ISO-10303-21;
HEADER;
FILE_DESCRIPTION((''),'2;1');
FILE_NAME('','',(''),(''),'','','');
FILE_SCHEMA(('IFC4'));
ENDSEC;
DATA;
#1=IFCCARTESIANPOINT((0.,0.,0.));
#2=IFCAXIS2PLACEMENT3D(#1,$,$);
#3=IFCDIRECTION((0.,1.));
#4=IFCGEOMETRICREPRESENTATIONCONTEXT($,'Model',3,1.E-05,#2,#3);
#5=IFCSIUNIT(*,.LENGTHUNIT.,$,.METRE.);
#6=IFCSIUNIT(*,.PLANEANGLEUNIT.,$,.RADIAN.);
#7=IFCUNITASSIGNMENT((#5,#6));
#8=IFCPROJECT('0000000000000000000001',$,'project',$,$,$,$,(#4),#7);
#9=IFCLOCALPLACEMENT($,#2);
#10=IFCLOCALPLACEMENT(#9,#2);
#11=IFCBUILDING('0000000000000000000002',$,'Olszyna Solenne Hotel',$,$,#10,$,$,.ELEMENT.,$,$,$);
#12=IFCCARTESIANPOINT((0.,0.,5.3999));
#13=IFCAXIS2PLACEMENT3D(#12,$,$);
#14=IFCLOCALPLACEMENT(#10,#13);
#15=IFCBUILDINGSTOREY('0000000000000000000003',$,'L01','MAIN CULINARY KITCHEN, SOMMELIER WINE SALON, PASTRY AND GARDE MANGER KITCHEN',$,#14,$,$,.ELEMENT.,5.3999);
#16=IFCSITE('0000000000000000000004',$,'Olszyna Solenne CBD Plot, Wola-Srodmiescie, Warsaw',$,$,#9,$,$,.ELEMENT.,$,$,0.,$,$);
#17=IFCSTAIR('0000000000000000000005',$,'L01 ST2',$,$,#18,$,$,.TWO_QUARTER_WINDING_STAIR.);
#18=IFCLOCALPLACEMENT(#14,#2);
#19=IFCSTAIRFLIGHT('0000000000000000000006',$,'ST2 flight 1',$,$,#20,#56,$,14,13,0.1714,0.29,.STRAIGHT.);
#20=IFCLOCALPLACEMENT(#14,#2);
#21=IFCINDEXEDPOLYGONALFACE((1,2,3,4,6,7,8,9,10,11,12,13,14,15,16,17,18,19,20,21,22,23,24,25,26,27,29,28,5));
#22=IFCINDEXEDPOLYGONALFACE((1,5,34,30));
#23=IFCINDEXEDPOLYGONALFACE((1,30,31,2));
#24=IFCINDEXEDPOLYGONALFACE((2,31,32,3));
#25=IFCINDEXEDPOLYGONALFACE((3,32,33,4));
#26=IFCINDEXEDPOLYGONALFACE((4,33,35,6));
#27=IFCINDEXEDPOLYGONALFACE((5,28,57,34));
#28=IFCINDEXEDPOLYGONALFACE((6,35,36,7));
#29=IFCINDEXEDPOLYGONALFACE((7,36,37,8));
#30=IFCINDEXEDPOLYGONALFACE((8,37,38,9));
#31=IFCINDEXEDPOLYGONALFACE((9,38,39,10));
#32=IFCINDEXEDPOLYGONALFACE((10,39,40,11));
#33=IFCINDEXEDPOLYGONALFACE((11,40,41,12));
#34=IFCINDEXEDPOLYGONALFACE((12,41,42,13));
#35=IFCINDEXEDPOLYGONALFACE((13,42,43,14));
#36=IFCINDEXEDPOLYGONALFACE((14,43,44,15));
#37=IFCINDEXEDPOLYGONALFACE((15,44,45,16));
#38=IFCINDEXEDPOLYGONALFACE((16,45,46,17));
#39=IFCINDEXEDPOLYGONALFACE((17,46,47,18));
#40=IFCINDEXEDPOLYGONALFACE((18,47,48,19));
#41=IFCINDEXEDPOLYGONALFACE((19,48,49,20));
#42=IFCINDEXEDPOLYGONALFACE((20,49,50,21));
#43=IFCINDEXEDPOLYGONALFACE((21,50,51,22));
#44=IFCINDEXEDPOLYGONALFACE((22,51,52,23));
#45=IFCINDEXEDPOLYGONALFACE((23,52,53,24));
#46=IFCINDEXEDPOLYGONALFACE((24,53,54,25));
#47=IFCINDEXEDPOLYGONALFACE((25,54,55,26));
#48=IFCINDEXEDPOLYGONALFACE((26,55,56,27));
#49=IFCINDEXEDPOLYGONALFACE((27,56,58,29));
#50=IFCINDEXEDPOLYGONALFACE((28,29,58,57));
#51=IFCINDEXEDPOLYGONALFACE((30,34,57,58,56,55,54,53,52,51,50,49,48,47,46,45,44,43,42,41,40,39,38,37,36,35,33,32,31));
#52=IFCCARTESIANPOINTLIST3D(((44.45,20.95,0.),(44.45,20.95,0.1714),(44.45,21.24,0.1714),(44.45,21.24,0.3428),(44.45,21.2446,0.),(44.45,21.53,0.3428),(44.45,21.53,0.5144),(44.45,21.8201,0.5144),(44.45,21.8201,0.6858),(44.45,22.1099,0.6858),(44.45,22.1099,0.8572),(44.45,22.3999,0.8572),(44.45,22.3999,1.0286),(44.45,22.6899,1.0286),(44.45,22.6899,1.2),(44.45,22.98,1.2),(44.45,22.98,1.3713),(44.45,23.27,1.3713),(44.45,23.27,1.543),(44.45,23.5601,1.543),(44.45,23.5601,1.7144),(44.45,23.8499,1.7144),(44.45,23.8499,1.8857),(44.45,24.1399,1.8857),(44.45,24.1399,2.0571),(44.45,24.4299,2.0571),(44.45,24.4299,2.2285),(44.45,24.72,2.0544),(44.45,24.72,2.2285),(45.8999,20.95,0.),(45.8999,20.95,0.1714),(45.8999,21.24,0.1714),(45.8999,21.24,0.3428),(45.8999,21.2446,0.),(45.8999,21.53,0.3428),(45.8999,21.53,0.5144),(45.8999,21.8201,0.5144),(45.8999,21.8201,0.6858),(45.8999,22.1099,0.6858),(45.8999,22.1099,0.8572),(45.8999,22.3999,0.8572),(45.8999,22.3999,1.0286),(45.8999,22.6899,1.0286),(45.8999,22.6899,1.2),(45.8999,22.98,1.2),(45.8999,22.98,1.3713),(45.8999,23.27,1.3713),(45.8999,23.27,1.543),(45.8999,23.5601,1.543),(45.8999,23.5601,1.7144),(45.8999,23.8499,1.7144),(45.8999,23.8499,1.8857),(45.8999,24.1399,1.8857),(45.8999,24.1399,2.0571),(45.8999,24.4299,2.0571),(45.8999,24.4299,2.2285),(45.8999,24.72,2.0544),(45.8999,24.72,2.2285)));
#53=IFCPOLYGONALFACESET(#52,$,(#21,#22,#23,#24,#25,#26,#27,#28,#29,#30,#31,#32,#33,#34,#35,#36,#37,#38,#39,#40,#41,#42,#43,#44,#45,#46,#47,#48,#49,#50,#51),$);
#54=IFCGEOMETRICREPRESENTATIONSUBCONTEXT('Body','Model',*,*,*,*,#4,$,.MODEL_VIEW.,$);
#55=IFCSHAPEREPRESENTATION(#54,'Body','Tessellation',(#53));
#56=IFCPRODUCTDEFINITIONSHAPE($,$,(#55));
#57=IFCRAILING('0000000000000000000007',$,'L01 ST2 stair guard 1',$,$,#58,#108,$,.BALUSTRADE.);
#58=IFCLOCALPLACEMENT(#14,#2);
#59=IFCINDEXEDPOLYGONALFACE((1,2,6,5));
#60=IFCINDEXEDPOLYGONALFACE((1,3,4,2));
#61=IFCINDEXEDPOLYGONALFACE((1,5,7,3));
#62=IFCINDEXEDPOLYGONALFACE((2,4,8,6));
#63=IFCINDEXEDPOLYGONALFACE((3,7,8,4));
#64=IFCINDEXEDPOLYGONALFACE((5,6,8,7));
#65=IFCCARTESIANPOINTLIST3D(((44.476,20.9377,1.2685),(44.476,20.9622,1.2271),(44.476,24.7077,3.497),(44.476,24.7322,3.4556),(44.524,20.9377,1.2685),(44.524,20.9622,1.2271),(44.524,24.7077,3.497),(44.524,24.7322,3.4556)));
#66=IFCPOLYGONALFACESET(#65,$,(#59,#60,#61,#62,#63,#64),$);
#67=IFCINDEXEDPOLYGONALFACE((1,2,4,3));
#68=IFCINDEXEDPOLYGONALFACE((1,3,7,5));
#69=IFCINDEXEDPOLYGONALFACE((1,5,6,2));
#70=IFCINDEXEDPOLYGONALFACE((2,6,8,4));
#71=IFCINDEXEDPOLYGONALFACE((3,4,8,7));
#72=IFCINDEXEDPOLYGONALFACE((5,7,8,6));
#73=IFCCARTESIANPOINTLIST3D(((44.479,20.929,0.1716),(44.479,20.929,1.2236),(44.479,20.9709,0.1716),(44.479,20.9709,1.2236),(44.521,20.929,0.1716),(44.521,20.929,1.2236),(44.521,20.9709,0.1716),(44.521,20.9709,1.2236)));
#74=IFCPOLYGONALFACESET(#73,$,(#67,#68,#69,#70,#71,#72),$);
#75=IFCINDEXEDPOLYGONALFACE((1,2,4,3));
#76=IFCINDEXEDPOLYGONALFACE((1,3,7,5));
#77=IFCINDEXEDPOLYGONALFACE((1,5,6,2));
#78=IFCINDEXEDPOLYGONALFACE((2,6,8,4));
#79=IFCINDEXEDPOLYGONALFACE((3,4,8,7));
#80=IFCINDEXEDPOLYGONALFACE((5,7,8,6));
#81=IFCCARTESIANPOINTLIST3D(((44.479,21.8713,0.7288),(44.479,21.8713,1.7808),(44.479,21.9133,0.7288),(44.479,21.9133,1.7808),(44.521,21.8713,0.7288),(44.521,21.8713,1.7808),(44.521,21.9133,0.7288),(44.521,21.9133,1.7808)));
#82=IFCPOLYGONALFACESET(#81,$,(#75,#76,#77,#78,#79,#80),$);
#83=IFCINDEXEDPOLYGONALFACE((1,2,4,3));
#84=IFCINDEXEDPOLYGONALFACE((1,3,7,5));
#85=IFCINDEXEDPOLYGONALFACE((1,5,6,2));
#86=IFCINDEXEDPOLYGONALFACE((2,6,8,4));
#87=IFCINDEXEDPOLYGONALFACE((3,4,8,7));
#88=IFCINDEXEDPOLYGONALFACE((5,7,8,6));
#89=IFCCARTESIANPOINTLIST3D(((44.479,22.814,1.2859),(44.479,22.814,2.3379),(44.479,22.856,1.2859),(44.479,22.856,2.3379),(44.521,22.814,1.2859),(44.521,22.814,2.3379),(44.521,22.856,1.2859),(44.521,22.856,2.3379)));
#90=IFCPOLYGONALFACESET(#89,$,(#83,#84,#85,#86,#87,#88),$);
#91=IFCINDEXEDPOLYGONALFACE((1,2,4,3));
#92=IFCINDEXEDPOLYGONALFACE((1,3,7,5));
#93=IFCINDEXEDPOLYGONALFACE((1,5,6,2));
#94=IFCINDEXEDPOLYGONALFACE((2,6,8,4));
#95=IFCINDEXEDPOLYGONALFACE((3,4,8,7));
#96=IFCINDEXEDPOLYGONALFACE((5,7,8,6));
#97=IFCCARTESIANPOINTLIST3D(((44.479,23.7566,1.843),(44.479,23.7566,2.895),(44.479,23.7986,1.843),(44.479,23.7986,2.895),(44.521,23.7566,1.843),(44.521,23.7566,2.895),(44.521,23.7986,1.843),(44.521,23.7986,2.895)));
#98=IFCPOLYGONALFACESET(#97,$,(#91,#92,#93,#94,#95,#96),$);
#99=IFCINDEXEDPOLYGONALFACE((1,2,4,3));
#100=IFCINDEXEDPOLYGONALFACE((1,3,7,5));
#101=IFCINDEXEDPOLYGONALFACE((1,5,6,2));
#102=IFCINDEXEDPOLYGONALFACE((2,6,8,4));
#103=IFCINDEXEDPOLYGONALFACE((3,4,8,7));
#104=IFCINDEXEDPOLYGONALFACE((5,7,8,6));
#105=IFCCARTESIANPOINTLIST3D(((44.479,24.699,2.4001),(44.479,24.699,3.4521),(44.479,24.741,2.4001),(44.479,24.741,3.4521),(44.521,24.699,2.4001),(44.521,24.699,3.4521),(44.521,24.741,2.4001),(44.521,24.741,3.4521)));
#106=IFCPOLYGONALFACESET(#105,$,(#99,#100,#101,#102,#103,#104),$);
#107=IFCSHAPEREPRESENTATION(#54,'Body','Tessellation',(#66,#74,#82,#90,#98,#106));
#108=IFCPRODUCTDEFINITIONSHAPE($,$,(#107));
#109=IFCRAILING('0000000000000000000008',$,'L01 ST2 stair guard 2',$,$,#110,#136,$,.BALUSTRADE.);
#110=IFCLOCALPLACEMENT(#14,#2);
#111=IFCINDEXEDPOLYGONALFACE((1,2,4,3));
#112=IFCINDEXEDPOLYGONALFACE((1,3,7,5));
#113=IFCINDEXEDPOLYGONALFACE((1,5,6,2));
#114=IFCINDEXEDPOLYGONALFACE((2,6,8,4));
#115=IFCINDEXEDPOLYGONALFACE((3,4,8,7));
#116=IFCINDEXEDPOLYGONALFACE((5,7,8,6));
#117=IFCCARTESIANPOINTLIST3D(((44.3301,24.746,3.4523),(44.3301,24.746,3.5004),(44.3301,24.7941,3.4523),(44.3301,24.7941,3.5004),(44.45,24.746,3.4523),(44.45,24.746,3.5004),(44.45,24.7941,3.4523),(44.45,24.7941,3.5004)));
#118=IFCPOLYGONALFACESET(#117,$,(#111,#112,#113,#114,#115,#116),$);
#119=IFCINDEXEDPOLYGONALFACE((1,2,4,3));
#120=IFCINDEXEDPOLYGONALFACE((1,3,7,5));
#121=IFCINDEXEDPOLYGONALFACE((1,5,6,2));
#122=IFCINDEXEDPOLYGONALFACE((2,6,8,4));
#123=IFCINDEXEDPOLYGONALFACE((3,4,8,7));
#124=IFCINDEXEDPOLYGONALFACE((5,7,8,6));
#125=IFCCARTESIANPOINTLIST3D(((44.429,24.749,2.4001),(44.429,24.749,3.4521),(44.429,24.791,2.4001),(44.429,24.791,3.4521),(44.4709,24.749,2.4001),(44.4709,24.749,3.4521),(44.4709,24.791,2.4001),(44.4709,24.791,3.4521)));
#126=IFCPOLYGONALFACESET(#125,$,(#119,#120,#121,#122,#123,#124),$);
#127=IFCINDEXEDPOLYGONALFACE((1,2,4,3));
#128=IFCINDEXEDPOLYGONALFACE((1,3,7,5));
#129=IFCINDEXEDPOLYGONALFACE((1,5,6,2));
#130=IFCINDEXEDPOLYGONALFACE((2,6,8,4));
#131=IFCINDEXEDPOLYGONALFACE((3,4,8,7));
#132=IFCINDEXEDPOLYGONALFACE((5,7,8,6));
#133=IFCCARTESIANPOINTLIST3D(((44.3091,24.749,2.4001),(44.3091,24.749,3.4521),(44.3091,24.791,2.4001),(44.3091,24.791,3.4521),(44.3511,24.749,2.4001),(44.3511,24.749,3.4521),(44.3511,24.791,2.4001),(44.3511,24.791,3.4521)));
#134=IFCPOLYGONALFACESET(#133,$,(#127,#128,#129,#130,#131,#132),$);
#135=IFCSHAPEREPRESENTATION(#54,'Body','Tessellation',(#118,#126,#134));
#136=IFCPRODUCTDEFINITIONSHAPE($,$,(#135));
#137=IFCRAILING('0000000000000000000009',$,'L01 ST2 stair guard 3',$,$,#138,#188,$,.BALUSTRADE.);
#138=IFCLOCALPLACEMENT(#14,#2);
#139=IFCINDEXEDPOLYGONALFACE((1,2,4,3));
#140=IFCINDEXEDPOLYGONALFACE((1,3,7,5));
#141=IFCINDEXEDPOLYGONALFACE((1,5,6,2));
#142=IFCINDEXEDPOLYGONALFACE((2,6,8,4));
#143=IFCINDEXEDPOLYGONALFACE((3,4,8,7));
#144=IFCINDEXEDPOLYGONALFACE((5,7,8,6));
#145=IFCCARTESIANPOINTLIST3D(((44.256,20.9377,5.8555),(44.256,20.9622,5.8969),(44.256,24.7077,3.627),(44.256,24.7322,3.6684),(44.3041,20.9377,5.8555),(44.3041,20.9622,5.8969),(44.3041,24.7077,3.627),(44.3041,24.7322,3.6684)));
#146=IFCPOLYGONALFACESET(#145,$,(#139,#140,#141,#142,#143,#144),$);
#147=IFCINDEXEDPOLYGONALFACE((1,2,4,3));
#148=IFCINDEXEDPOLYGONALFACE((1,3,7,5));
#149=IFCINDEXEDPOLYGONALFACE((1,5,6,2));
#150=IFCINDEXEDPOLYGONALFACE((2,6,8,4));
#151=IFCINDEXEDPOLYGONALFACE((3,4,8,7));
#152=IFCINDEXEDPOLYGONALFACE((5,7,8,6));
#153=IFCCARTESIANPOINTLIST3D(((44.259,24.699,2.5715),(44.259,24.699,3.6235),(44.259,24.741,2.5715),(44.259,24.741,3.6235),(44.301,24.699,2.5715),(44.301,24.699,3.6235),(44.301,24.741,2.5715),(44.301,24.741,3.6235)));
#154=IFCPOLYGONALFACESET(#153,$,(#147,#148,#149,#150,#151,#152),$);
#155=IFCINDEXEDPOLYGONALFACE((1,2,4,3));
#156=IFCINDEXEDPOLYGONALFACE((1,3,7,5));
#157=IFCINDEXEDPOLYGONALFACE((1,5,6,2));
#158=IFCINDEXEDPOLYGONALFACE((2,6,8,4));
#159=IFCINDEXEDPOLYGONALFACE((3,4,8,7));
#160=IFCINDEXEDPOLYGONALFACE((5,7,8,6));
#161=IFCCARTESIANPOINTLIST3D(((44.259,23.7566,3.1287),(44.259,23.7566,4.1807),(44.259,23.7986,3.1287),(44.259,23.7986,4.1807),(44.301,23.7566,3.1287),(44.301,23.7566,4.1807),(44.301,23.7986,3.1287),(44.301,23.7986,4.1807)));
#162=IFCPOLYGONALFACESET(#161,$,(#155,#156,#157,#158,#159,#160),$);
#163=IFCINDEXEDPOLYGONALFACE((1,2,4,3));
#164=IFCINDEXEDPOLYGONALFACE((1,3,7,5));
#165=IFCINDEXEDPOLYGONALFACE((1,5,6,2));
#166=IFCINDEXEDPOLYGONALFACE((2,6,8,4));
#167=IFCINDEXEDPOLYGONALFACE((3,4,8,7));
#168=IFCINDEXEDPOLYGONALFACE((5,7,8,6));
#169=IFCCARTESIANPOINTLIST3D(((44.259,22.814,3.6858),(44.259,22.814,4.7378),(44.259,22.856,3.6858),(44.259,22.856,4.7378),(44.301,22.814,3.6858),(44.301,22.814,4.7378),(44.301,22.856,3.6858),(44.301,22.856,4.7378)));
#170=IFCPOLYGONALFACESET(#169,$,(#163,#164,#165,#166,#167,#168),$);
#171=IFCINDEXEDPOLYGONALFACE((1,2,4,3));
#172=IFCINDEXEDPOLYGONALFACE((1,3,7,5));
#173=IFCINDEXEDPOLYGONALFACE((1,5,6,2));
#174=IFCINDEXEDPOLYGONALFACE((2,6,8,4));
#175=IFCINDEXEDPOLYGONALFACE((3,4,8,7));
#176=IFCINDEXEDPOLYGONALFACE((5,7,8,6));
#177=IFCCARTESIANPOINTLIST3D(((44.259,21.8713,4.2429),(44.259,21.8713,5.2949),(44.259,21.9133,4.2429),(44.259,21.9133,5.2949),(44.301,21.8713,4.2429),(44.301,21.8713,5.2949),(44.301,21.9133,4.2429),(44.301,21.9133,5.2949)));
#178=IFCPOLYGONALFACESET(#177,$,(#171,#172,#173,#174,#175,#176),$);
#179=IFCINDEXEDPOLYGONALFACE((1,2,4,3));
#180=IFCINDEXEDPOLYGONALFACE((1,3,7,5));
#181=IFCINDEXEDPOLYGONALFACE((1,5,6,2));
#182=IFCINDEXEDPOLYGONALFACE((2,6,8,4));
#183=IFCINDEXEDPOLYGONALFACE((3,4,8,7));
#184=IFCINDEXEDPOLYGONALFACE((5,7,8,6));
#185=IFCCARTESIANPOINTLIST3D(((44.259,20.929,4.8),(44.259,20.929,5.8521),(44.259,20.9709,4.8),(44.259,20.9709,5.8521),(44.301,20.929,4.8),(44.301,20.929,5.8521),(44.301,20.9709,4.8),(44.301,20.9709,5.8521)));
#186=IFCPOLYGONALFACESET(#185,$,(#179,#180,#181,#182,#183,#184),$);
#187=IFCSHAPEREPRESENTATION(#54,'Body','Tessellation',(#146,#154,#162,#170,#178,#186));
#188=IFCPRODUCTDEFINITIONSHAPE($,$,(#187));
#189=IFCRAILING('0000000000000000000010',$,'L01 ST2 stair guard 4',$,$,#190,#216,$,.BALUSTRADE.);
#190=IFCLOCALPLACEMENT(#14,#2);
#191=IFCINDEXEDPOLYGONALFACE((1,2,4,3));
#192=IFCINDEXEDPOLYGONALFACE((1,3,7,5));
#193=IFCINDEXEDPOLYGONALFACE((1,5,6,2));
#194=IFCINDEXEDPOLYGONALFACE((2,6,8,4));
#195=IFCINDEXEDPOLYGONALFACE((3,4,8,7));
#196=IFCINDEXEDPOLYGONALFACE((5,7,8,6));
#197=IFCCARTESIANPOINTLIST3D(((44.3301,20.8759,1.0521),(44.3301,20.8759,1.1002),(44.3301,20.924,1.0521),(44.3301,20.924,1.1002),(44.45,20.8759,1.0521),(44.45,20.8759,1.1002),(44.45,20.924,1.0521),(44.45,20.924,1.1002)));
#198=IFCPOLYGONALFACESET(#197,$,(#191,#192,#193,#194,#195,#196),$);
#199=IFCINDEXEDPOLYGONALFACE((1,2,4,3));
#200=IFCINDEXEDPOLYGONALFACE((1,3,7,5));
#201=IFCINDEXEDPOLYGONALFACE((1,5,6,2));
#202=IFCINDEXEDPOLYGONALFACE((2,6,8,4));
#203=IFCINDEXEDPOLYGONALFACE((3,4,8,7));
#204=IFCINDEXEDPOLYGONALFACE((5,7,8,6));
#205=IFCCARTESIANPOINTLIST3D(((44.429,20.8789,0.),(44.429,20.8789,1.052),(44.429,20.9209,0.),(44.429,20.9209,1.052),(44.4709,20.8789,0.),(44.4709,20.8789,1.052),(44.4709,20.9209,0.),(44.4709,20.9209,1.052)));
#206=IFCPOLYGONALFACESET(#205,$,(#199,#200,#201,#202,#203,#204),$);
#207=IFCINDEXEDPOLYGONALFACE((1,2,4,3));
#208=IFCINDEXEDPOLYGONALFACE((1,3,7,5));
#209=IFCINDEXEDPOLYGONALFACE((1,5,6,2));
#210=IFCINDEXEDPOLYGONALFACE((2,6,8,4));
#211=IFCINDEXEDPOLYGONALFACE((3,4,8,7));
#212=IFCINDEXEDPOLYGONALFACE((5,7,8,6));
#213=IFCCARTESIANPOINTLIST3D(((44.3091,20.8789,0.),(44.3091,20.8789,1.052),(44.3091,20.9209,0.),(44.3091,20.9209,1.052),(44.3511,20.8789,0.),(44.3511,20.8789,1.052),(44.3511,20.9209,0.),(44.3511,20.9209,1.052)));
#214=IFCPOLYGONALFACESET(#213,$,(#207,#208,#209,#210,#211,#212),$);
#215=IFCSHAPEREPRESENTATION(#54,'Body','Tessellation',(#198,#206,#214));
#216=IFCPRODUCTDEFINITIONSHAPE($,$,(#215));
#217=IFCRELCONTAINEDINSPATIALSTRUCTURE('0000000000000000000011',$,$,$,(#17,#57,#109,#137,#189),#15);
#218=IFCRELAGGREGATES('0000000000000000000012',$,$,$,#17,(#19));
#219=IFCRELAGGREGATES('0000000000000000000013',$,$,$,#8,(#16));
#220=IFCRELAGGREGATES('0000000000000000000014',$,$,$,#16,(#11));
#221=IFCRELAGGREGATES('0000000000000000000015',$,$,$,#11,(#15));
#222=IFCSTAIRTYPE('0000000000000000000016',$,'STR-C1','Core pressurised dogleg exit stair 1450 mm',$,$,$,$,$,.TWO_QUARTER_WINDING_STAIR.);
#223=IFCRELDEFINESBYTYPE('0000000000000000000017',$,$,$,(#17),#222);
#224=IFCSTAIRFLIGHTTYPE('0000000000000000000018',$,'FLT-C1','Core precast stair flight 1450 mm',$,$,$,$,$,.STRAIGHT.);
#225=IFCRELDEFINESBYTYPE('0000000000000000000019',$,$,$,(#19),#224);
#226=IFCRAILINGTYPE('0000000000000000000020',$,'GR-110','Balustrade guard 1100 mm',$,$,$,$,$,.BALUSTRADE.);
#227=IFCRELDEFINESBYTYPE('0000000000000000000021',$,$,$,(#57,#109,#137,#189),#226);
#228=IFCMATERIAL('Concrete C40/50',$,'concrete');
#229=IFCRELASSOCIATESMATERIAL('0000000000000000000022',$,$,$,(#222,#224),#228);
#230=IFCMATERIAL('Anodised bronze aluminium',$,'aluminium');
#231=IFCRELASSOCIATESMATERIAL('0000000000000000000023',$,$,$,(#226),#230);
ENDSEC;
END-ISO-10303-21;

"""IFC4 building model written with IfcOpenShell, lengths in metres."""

from ifc_helpers import new_model, si_unit, direction, frame, origin, origin_2d, place, context, subcontext, project, spatial, polyline, rectangle, outline, extrude, material, type_object, element, aggregate, save


model = new_model("IFC4")

# Units and contexts
model_context = context("Model", 3, precision=1e-05, world=origin(), true_north=direction((0.0, 1.0)))
body_context = subcontext(model_context, "Body", "Model", "MODEL_VIEW")
ifc_project = project(units=[si_unit("LENGTHUNIT", "METRE"), si_unit("PLANEANGLEUNIT", "RADIAN")], contexts=[model_context])

# Site, building, storey
site_placement = place(None, origin())
site = spatial("IfcSite", under=ifc_project, at=site_placement, Name="Olszyna Solenne CBD Plot, Wola-Srodmiescie, Warsaw", CompositionType="ELEMENT", RefElevation=0.0)
building_placement = place(site_placement, origin())
building = spatial("IfcBuilding", under=site, at=building_placement, Name="Olszyna Solenne Hotel", CompositionType="ELEMENT")
storey_placement = place(building_placement, frame((0.0, 0.0, 5.3999)))
storey = spatial("IfcBuildingStorey", under=building, at=storey_placement, Name="L01", Description="MAIN CULINARY KITCHEN, SOMMELIER WINE SALON, PASTRY AND GARDE MANGER KITCHEN", CompositionType="ELEMENT", Elevation=5.3999)

# Stair, stair flight
ifc_material_1 = material(Name="Concrete C40/50", Category="concrete")
stair_type = type_object("IfcStairType", Name="STR-C1", Description="Core pressurised dogleg exit stair 1450 mm", PredefinedType="TWO_QUARTER_WINDING_STAIR", material=ifc_material_1)
stair_placement = place(storey_placement, origin())
stair = element("IfcStair", 1, at=stair_placement, inside=storey, type_object=stair_type, Name="L01 ST2", PredefinedType="TWO_QUARTER_WINDING_STAIR")
stair_flight_type = type_object("IfcStairFlightType", Name="FLT-C1", Description="Core precast stair flight 1450 mm", PredefinedType="STRAIGHT", material=ifc_material_1)
stair_flight_placement = place(storey_placement, frame((45.175, 20.95, 0.0), z_axis=(0.0, 0.0, 1.0), x_axis=(0.0, 1.0, 0.0)))
stair_flight = element("IfcStairFlight", 2, at=stair_flight_placement, type_object=stair_flight_type, Name="ST2 flight 1", NumberOfRisers=14, NumberOfTreads=13, PredefinedType="STRAIGHT", RiserHeight=0.1714, TreadLength=0.29, context=body_context, shape_type="SweptSolid", body=[
    extrude(outline(polyline([(0.0, 0.0), (0.0, 0.1714), (0.29, 0.1714), (0.29, 0.3428), (0.5801, 0.3428), (0.5801, 0.5144), (0.8701, 0.5144), (0.8701, 0.6858), (1.1599, 0.6858), (1.1599, 0.8572), (1.45, 0.8572), (1.45, 1.0286), (1.74, 1.0286), (1.74, 1.2), (2.03, 1.2), (2.03, 1.3713), (2.3201, 1.3713), (2.3201, 1.543), (2.6101, 1.543), (2.6101, 1.7144), (2.8999, 1.7144), (2.8999, 1.8857), (3.1899, 1.8857), (3.1899, 2.0571), (3.48, 2.0571), (3.48, 2.2285), (3.77, 2.2285), (3.77, 2.3999), (3.77, 2.0544), (0.2947, 0.0), (0.0, 0.0)])), frame((0.0, 0.7251, 0.0), z_axis=(0.0, -1.0, 0.0), x_axis=(1.0, 0.0, 0.0)), (0.0, 0.0, 1.0), 1.45),
])
aggregate(stair, [stair_flight])

# Railings
ifc_material_2 = material(Name="Anodised bronze aluminium", Category="aluminium")
railing_type_1 = type_object("IfcRailingType", Name="GR-110", Description="Balustrade guard 1100 mm", PredefinedType="BALUSTRADE", material=ifc_material_2)
railing_1_placement = place(storey_placement, frame((44.5, 20.95, 0.1716)))
element("IfcRailing", 3, at=railing_1_placement, inside=storey, type_object=railing_type_1, Name="L01 ST2 stair guard 1", PredefinedType="BALUSTRADE", context=body_context, shape_type="SweptSolid", body=[
    extrude(rectangle(XDim=0.0481, YDim=0.0481, at=origin_2d()), frame((0.0, 0.0, 1.0762), z_axis=(0.0, 0.860849, 0.508861), x_axis=(-1.0, 0.0, 0.0)), (0.0, 0.0, 1.0), 4.3794),
    extrude(rectangle(XDim=0.042, YDim=0.042, at=origin_2d()), origin(), (0.0, 0.0, 1.0), 1.052),
    extrude(rectangle(XDim=0.042, YDim=0.042, at=origin_2d()), frame((0.0, 0.9424, 0.5571)), (0.0, 0.0, 1.0), 1.052),
    extrude(rectangle(XDim=0.042, YDim=0.042, at=origin_2d()), frame((0.0, 1.885, 1.1143)), (0.0, 0.0, 1.0), 1.052),
    extrude(rectangle(XDim=0.042, YDim=0.042, at=origin_2d()), frame((0.0, 2.8276, 1.6714)), (0.0, 0.0, 1.0), 1.052),
    extrude(rectangle(XDim=0.042, YDim=0.042, at=origin_2d()), frame((0.0, 3.77, 2.2285)), (0.0, 0.0, 1.0), 1.052),
])
railing_2_placement = place(storey_placement, frame((44.45, 24.77, 2.4001)))
element("IfcRailing", 4, at=railing_2_placement, inside=storey, type_object=railing_type_1, Name="L01 ST2 stair guard 2", PredefinedType="BALUSTRADE", context=body_context, shape_type="SweptSolid", body=[
    extrude(rectangle(XDim=0.0481, YDim=0.0481, at=origin_2d()), frame((0.0, 0.0, 1.0762), z_axis=(-1.0, 0.0, 0.0), x_axis=(0.0, -1.0, 0.0)), (0.0, 0.0, 1.0), 0.1199),
    extrude(rectangle(XDim=0.042, YDim=0.042, at=origin_2d()), origin(), (0.0, 0.0, 1.0), 1.052),
    extrude(rectangle(XDim=0.042, YDim=0.042, at=origin_2d()), frame((-0.1199, 0.0, 0.0)), (0.0, 0.0, 1.0), 1.052),
])
railing_3_placement = place(storey_placement, frame((44.28, 24.72, 2.5715)))
element("IfcRailing", 5, at=railing_3_placement, inside=storey, type_object=railing_type_1, Name="L01 ST2 stair guard 3", PredefinedType="BALUSTRADE", context=body_context, shape_type="SweptSolid", body=[
    extrude(rectangle(XDim=0.0481, YDim=0.0481, at=origin_2d()), frame((0.0, 0.0, 1.0762), z_axis=(0.0, -0.860849, 0.508861), x_axis=(1.0, 0.0, 0.0)), (0.0, 0.0, 1.0), 4.3794),
    extrude(rectangle(XDim=0.042, YDim=0.042, at=origin_2d()), origin(), (0.0, 0.0, 1.0), 1.052),
    extrude(rectangle(XDim=0.042, YDim=0.042, at=origin_2d()), frame((0.0, -0.9424, 0.5571)), (0.0, 0.0, 1.0), 1.052),
    extrude(rectangle(XDim=0.042, YDim=0.042, at=origin_2d()), frame((0.0, -1.885, 1.1143)), (0.0, 0.0, 1.0), 1.052),
    extrude(rectangle(XDim=0.042, YDim=0.042, at=origin_2d()), frame((0.0, -2.8276, 1.6714)), (0.0, 0.0, 1.0), 1.052),
    extrude(rectangle(XDim=0.042, YDim=0.042, at=origin_2d()), frame((0.0, -3.77, 2.2285)), (0.0, 0.0, 1.0), 1.052),
])
railing_4_placement = place(storey_placement, frame((44.45, 20.8999, 0.0)))
element("IfcRailing", 6, at=railing_4_placement, inside=storey, type_object=railing_type_1, Name="L01 ST2 stair guard 4", PredefinedType="BALUSTRADE", context=body_context, shape_type="SweptSolid", body=[
    extrude(rectangle(XDim=0.0481, YDim=0.0481, at=origin_2d()), frame((0.0, 0.0, 1.0762), z_axis=(-1.0, 0.0, 0.0), x_axis=(0.0, -1.0, 0.0)), (0.0, 0.0, 1.0), 0.1199),
    extrude(rectangle(XDim=0.042, YDim=0.042, at=origin_2d()), origin(), (0.0, 0.0, 1.0), 1.052),
    extrude(rectangle(XDim=0.042, YDim=0.042, at=origin_2d()), frame((-0.1199, 0.0, 0.0)), (0.0, 0.0, 1.0), 1.052),
])

save(model, "model.ifc")
